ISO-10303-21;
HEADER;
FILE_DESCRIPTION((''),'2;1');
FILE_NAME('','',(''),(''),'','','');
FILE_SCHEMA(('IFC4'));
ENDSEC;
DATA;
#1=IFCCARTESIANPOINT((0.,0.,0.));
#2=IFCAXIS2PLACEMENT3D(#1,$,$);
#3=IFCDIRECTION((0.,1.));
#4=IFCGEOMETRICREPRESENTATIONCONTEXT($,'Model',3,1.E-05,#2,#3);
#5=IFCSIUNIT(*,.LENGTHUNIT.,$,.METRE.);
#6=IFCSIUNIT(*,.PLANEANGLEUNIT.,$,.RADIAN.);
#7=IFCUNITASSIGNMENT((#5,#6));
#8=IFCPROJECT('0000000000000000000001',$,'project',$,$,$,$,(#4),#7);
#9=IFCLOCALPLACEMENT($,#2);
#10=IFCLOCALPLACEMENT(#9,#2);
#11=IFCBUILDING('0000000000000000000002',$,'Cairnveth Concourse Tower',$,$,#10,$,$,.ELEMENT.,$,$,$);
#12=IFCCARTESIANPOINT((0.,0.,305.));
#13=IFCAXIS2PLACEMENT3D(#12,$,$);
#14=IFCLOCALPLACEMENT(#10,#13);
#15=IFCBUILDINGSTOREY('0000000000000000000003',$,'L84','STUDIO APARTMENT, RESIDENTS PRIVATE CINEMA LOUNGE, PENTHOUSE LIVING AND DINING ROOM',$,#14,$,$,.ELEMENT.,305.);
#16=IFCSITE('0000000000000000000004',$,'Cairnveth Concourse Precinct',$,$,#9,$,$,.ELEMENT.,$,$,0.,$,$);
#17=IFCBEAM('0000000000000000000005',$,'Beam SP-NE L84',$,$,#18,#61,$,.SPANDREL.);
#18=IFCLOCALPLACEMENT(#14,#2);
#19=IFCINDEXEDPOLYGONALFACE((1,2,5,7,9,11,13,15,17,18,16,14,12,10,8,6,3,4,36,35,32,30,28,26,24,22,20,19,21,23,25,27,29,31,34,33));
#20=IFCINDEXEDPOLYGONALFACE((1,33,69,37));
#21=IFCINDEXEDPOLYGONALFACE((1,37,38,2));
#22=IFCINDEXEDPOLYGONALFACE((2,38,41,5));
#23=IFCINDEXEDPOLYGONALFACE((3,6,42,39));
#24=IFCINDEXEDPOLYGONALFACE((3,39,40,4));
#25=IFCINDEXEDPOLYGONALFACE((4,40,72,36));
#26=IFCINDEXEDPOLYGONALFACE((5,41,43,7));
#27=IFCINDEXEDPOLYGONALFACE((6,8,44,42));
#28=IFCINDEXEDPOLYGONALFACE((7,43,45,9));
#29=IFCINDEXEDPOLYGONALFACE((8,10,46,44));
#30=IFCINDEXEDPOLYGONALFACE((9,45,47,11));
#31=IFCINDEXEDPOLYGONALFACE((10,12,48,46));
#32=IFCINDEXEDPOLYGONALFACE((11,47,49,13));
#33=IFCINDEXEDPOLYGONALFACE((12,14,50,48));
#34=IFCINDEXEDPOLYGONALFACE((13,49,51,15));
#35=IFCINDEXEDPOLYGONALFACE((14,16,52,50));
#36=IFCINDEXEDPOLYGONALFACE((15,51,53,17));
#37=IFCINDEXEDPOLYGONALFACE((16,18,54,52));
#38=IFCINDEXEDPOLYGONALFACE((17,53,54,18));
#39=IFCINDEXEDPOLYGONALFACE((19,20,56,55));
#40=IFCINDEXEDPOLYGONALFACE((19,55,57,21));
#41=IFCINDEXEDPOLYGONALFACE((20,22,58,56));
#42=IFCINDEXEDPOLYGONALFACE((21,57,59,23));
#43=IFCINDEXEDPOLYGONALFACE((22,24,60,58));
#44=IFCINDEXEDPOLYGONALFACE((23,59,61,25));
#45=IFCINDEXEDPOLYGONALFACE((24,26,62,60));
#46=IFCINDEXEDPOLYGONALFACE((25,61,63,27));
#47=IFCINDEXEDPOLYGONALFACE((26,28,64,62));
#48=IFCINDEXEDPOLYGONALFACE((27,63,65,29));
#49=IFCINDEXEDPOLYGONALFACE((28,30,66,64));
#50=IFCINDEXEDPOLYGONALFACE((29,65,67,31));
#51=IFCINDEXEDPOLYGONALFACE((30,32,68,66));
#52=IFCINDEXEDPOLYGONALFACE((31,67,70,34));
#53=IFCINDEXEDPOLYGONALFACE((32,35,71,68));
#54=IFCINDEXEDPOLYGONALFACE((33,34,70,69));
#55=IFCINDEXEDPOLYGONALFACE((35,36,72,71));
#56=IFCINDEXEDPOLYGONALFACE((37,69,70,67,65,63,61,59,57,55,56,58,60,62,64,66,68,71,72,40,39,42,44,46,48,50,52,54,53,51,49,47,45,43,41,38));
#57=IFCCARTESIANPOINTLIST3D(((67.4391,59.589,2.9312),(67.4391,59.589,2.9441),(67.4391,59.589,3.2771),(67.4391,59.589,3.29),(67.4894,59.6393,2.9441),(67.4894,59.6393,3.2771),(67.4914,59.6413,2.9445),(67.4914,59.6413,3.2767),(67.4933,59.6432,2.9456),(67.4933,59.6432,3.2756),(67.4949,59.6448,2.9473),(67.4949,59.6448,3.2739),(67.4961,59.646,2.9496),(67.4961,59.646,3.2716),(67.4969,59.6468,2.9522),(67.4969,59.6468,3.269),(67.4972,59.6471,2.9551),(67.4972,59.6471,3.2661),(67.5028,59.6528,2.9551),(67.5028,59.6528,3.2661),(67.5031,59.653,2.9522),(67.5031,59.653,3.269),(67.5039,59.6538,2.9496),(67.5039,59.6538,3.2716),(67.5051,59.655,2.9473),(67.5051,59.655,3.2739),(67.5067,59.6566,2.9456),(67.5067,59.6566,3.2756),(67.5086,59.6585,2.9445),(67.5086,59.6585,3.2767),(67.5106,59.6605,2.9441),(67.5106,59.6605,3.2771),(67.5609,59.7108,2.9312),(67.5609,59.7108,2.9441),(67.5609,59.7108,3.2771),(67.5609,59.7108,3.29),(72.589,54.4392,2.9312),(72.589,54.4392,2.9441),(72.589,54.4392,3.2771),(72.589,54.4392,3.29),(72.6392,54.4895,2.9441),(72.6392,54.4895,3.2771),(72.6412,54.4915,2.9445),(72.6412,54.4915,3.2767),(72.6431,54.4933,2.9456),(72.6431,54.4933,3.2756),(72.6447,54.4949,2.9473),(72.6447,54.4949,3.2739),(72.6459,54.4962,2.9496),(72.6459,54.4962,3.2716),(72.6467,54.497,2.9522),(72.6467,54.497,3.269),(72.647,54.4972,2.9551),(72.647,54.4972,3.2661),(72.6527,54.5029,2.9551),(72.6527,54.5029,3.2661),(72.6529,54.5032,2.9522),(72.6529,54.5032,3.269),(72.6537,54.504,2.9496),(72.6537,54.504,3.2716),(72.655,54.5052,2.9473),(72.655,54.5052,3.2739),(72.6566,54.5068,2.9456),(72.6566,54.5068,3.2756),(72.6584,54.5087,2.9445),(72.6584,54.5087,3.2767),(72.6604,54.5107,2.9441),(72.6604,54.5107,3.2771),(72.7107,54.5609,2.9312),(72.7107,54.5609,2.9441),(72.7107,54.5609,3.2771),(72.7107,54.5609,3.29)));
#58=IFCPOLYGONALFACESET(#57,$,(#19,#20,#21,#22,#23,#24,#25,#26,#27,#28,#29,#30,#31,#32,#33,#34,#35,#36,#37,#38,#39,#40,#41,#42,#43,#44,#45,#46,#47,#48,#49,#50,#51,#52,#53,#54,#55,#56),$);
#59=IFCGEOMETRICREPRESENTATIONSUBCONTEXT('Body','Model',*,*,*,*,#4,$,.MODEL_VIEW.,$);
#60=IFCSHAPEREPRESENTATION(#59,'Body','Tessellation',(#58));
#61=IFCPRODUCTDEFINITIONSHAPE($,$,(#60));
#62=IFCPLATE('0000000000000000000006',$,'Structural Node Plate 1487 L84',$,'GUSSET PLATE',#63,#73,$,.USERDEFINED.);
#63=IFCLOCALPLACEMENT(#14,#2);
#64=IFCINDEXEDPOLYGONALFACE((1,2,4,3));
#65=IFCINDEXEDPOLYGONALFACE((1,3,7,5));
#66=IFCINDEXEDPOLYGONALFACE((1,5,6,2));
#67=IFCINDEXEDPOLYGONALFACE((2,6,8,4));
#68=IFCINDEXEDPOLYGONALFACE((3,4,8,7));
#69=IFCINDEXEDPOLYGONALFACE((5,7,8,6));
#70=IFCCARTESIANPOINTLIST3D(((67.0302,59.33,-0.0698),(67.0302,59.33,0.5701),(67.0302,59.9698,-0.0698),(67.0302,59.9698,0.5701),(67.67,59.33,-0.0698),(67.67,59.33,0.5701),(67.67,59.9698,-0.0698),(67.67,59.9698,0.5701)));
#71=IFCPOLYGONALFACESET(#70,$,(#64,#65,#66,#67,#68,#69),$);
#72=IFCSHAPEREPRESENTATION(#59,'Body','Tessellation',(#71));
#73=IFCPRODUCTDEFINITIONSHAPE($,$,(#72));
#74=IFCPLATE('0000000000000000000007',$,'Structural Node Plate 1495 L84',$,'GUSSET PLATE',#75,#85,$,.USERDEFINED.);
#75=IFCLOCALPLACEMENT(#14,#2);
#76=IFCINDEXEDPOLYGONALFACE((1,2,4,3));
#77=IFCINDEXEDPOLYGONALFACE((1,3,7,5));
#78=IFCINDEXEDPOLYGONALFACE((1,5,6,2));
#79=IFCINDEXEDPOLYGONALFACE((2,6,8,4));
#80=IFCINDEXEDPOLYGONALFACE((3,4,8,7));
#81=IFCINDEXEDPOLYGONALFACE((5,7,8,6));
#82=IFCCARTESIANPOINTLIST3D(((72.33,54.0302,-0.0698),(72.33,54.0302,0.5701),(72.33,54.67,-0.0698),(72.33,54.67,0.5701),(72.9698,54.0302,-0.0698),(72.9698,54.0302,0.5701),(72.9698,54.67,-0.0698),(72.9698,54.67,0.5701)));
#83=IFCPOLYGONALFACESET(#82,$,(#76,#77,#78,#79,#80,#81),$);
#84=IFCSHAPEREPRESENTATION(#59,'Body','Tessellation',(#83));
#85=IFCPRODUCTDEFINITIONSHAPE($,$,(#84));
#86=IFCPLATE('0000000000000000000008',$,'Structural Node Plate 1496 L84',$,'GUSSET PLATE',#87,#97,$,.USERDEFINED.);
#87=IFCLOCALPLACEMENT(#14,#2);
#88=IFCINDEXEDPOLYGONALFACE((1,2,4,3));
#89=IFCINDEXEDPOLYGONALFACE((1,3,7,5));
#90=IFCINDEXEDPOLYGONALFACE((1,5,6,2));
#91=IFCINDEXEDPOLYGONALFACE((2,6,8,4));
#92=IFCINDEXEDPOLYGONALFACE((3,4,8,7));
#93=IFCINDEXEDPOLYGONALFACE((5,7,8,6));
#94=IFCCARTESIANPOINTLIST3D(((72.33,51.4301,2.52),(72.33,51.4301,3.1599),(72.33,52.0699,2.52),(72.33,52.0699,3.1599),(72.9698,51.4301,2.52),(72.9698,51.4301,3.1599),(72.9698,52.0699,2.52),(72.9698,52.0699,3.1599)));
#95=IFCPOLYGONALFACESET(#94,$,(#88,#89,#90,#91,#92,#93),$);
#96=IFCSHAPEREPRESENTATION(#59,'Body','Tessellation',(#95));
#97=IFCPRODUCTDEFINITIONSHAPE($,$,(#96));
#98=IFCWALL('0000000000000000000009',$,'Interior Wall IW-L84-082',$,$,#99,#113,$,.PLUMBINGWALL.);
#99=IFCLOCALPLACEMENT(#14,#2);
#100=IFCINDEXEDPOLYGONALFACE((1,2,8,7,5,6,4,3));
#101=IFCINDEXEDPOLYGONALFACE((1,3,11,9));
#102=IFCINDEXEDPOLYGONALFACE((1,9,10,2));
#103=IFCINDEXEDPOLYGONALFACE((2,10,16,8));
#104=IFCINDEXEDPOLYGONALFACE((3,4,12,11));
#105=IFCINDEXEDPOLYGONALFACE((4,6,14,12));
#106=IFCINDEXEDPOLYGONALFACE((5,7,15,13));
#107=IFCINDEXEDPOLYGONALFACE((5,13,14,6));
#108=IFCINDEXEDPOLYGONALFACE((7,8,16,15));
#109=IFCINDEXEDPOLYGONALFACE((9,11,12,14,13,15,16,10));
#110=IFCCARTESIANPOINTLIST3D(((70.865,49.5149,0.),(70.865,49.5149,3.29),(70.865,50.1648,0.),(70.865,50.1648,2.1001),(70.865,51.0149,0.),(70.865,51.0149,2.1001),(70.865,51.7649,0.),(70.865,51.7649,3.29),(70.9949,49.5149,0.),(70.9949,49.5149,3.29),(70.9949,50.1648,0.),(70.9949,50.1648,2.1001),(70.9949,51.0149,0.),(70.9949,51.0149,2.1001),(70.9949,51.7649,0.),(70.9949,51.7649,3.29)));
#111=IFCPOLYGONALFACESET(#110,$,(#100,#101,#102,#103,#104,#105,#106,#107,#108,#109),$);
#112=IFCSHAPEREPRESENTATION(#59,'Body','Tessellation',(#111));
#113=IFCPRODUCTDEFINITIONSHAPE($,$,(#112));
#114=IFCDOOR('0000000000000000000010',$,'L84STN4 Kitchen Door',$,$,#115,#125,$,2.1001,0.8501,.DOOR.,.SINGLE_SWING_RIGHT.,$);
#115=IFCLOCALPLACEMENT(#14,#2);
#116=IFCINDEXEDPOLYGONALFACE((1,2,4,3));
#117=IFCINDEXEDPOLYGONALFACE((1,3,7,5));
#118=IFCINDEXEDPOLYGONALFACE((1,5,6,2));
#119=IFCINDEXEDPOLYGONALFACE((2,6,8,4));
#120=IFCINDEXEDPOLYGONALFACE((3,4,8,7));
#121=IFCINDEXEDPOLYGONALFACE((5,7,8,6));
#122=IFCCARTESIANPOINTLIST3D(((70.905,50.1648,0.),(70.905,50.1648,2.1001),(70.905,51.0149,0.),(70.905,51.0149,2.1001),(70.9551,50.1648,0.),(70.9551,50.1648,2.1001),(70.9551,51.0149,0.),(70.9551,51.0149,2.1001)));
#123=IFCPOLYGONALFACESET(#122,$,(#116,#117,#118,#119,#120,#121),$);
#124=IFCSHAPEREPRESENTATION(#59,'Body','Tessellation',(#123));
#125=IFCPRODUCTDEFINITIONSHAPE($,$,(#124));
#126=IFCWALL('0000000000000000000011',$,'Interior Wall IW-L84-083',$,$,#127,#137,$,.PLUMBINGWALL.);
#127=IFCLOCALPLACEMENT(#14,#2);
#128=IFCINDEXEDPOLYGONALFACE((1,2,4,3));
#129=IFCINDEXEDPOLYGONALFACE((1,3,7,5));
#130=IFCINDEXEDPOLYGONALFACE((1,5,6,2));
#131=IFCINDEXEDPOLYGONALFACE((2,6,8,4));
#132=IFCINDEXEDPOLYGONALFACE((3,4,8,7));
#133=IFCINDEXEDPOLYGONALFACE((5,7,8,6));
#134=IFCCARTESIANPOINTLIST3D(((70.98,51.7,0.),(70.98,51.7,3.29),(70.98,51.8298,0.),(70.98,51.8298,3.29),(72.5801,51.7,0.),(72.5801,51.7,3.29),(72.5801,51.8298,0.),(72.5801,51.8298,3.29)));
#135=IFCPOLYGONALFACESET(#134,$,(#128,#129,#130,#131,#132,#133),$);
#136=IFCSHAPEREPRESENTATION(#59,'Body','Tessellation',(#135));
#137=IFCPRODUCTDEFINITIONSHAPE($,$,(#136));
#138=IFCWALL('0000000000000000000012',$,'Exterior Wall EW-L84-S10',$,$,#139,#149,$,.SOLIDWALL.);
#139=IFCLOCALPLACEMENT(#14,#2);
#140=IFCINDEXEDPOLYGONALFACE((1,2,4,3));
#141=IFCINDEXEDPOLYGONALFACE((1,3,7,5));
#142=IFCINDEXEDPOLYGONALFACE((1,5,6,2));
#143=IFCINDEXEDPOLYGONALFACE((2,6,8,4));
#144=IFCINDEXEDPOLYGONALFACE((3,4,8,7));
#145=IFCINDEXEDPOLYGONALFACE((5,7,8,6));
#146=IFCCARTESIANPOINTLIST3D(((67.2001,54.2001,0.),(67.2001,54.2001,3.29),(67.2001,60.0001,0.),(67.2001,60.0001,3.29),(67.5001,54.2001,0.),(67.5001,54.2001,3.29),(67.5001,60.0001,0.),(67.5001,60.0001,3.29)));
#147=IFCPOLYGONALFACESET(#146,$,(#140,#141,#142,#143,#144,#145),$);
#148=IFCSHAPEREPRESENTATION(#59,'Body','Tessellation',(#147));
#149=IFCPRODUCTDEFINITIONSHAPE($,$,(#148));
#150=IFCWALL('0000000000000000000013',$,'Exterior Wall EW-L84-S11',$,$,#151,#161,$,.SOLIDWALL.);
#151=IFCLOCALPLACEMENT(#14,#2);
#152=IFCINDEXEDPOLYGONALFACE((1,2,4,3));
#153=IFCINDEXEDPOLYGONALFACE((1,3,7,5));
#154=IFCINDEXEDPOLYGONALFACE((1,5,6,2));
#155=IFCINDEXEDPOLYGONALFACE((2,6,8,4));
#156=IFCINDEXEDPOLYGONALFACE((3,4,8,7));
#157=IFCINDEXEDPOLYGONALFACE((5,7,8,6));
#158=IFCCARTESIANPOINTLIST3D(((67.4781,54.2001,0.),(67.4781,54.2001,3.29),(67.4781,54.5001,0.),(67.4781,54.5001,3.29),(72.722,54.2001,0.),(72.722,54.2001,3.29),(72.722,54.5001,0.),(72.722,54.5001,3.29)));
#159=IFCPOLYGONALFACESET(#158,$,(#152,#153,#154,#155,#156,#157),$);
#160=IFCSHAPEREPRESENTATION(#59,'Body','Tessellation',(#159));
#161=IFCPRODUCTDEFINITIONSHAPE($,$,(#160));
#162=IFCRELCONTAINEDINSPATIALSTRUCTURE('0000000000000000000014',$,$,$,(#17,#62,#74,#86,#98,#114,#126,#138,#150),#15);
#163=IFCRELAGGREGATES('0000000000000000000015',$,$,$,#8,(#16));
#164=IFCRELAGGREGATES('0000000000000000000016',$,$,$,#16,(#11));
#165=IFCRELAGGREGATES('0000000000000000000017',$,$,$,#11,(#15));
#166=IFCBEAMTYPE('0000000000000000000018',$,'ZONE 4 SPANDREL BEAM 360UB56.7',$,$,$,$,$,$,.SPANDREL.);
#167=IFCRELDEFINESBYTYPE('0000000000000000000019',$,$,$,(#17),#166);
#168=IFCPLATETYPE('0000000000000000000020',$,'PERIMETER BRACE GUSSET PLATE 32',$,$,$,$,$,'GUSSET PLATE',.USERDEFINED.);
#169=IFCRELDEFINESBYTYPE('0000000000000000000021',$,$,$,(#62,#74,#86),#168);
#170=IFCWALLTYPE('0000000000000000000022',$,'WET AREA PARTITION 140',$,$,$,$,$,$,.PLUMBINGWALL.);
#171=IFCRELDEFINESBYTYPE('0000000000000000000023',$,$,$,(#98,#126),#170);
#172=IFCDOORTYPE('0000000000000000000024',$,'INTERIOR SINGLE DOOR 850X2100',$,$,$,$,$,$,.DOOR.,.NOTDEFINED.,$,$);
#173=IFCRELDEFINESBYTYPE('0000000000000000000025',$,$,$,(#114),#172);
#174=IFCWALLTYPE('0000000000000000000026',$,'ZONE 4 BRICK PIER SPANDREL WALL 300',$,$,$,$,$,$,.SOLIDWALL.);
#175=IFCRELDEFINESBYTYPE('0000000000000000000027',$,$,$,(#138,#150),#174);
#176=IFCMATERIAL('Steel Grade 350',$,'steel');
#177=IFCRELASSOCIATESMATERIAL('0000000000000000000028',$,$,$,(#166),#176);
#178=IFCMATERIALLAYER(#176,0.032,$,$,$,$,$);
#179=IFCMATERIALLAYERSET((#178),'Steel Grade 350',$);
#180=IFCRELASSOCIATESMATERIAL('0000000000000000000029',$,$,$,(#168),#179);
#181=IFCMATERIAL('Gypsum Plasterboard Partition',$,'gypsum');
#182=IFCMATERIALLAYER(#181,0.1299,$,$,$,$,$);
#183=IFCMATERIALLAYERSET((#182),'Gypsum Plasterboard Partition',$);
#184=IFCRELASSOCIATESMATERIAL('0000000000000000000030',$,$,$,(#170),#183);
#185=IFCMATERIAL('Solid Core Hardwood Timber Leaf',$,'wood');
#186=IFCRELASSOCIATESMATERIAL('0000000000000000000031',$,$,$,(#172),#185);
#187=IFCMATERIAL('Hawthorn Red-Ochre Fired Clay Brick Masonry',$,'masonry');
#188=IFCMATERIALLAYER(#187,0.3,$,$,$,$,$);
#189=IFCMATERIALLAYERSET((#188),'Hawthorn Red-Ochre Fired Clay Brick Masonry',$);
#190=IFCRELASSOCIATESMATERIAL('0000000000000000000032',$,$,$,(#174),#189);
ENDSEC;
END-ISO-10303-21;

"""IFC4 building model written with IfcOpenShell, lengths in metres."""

from ifc_helpers import new_model, si_unit, direction, frame, frame_2d, origin, origin_2d, place, context, subcontext, project, spatial, rectangle, i_section, extrude, material, layer, layer_set, material_profile, profile_set, type_object, element, fill, save


model = new_model("IFC4")

# Units and contexts
model_context = context("Model", 3, precision=1e-05, world=origin(), true_north=direction((0.0, 1.0)))
body_context = subcontext(model_context, "Body", "Model", "MODEL_VIEW")
ifc_project = project(units=[si_unit("LENGTHUNIT", "METRE"), si_unit("PLANEANGLEUNIT", "RADIAN")], contexts=[model_context])

# Site, building, storey
site_placement = place(None, origin())
site = spatial("IfcSite", under=ifc_project, at=site_placement, Name="Cairnveth Concourse Precinct", CompositionType="ELEMENT", RefElevation=0.0)
building_placement = place(site_placement, origin())
building = spatial("IfcBuilding", under=site, at=building_placement, Name="Cairnveth Concourse Tower", CompositionType="ELEMENT")
storey_placement = place(building_placement, frame((0.0, 0.0, 305.0)))
storey = spatial("IfcBuildingStorey", under=building, at=storey_placement, Name="L84", Description="STUDIO APARTMENT, RESIDENTS PRIVATE CINEMA LOUNGE, PENTHOUSE LIVING AND DINING ROOM", CompositionType="ELEMENT", Elevation=305.0)

# Shared definitions
ifc_material_1 = material(Name="Steel Grade 350", Category="steel")

# Beam
ifc_material_profile_1 = material_profile(ifc_material_1, i_section(OverallWidth=0.1721, OverallDepth=0.3589, WebThickness=0.0081, FlangeThickness=0.0129, FilletRadius=0.011, at=origin_2d()), Name="360UB56.7")
ifc_profile_set_1 = profile_set([ifc_material_profile_1], Name="Steel Grade 350")
beam_type_1 = type_object("IfcBeamType", Name="ZONE 4 SPANDREL BEAM 360UB56.7", PredefinedType="SPANDREL", material=ifc_profile_set_1)
beam_1_placement = place(storey_placement, frame((67.5, 59.6499, 3.1106), z_axis=(0.707107, -0.707107, 0.0), x_axis=(0.707107, 0.707107, 0.0)))
element("IfcBeam", 1, at=beam_1_placement, inside=storey, type_object=beam_type_1, Name="Beam SP-NE L84", PredefinedType="SPANDREL", context=body_context, shape_type="SweptSolid", body=[
    extrude(i_section(OverallWidth=0.1721, OverallDepth=0.3589, WebThickness=0.0081, FlangeThickness=0.0129, FilletRadius=0.011, at=origin_2d()), origin(), (0.0, 0.0, 1.0), 7.283),
])

# Plates
ifc_layer_1 = layer(ifc_material_1, 0.032)
ifc_layer_set_1 = layer_set([ifc_layer_1], Name="Steel Grade 350")
plate_type = type_object("IfcPlateType", Name="PERIMETER BRACE GUSSET PLATE 32", ElementType="GUSSET PLATE", PredefinedType="USERDEFINED", material=ifc_layer_set_1)
for number, where, z_axis, x_axis, name in (
    (2, (67.3501, 59.6499, -0.0698), (0.0, 0.0, 1.0), (1.0, 0.0, 0.0), "Structural Node Plate 1487 L84"),
    (3, (72.6499, 54.3501, -0.0698), (0.0, 0.0, 1.0), (1.0, 0.0, 0.0), "Structural Node Plate 1495 L84"),
    (4, (72.6499, 51.75, 2.52), (0.0, 0.0, 1.0), (1.0, 0.0, 0.0), "Structural Node Plate 1496 L84"),
):
    element("IfcPlate", number, at=place(storey_placement, frame(where, z_axis=z_axis, x_axis=x_axis)), inside=storey, type_object=plate_type, Name=name, ObjectType="GUSSET PLATE", PredefinedType="USERDEFINED", context=body_context, shape_type="SweptSolid", body=[
        extrude(rectangle(XDim=0.6399, YDim=0.6399, at=origin_2d()), origin(), (0.0, 0.0, 1.0), 0.6399),
    ])

# Wall, opening, door
ifc_material_2 = material(Name="Gypsum Plasterboard Partition", Category="gypsum")
ifc_layer_2 = layer(ifc_material_2, 0.1299)
ifc_layer_set_2 = layer_set([ifc_layer_2], Name="Gypsum Plasterboard Partition")
wall_type_1 = type_object("IfcWallType", Name="WET AREA PARTITION 140", PredefinedType="PLUMBINGWALL", material=ifc_layer_set_2)
wall_1_placement = place(storey_placement, frame((70.9299, 49.5149, 0.0), z_axis=(0.0, 0.0, 1.0), x_axis=(0.0, 1.0, 0.0)))
wall_1 = element("IfcWall", 5, at=wall_1_placement, inside=storey, type_object=wall_type_1, Name="Interior Wall IW-L84-082", PredefinedType="PLUMBINGWALL", context=body_context, shape_type="SweptSolid", body=[
    extrude(rectangle(XDim=2.25, YDim=0.1299, at=frame_2d((1.125, 0.0))), origin(), (0.0, 0.0, 1.0), 3.29),
])
opening_1_placement = place(wall_1_placement, frame((0.6499, 0.0, 0.0)))
opening_1 = element("IfcOpeningElement", 6, at=opening_1_placement, cuts=wall_1, PredefinedType="OPENING", context=body_context, shape_type="SweptSolid", body=[
    extrude(rectangle(XDim=0.8501, YDim=2.1001, at=frame_2d((0.425, 1.05))), frame((0.0, 0.075, 0.0), z_axis=(0.0, -1.0, 0.0), x_axis=(1.0, 0.0, 0.0)), (0.0, 0.0, 1.0), 0.1499),
])
ifc_material_3 = material(Name="Solid Core Hardwood Timber Leaf", Category="wood")
door_type = type_object("IfcDoorType", Name="INTERIOR SINGLE DOOR 850X2100", OperationType="NOTDEFINED", PredefinedType="DOOR", material=ifc_material_3)
door_placement = place(opening_1_placement, origin())
door = element("IfcDoor", 7, at=door_placement, inside=storey, type_object=door_type, Name="L84STN4 Kitchen Door", OperationType="SINGLE_SWING_RIGHT", OverallHeight=2.1001, OverallWidth=0.8501, PredefinedType="DOOR", context=body_context, shape_type="SweptSolid", body=[
    extrude(rectangle(XDim=0.8501, YDim=2.1001, at=frame_2d((0.425, 1.05))), frame((0.0, 0.0249, 0.0), z_axis=(0.0, -1.0, 0.0), x_axis=(1.0, 0.0, 0.0)), (0.0, 0.0, 1.0), 0.05),
])
fill(opening_1, door)

# Walls
wall_2_placement = place(storey_placement, frame((70.98, 51.7649, 0.0), z_axis=(0.0, 0.0, 1.0), x_axis=(1.0, 0.0, 0.0)))
element("IfcWall", 8, at=wall_2_placement, inside=storey, type_object=wall_type_1, Name="Interior Wall IW-L84-083", PredefinedType="PLUMBINGWALL", context=body_context, shape_type="SweptSolid", body=[
    extrude(rectangle(XDim=1.6001, YDim=0.1299, at=frame_2d((0.8, 0.0))), origin(), (0.0, 0.0, 1.0), 3.29),
])
ifc_material_4 = material(Name="Hawthorn Red-Ochre Fired Clay Brick Masonry", Category="masonry")
ifc_layer_3 = layer(ifc_material_4, 0.3)
ifc_layer_set_3 = layer_set([ifc_layer_3], Name="Hawthorn Red-Ochre Fired Clay Brick Masonry")
wall_type_2 = type_object("IfcWallType", Name="ZONE 4 BRICK PIER SPANDREL WALL 300", PredefinedType="SOLIDWALL", material=ifc_layer_set_3)
wall_3_placement = place(storey_placement, frame((67.3501, 60.0, 0.0), z_axis=(0.0, 0.0, 1.0), x_axis=(0.0, -1.0, 0.0)))
element("IfcWall", 9, at=wall_3_placement, inside=storey, type_object=wall_type_2, Name="Exterior Wall EW-L84-S10", PredefinedType="SOLIDWALL", context=body_context, shape_type="SweptSolid", body=[
    extrude(rectangle(XDim=5.8, YDim=0.3, at=frame_2d((2.8999, 0.0))), origin(), (0.0, 0.0, 1.0), 3.29),
])
wall_4_placement = place(storey_placement, frame((67.478, 54.3501, 0.0), z_axis=(0.0, 0.0, 1.0), x_axis=(1.0, 0.0, 0.0)))
element("IfcWall", 10, at=wall_4_placement, inside=storey, type_object=wall_type_2, Name="Exterior Wall EW-L84-S11", PredefinedType="SOLIDWALL", context=body_context, shape_type="SweptSolid", body=[
    extrude(rectangle(XDim=5.2439, YDim=0.3, at=frame_2d((2.6221, 0.0))), origin(), (0.0, 0.0, 1.0), 3.29),
])

save(model, "model.ifc")
